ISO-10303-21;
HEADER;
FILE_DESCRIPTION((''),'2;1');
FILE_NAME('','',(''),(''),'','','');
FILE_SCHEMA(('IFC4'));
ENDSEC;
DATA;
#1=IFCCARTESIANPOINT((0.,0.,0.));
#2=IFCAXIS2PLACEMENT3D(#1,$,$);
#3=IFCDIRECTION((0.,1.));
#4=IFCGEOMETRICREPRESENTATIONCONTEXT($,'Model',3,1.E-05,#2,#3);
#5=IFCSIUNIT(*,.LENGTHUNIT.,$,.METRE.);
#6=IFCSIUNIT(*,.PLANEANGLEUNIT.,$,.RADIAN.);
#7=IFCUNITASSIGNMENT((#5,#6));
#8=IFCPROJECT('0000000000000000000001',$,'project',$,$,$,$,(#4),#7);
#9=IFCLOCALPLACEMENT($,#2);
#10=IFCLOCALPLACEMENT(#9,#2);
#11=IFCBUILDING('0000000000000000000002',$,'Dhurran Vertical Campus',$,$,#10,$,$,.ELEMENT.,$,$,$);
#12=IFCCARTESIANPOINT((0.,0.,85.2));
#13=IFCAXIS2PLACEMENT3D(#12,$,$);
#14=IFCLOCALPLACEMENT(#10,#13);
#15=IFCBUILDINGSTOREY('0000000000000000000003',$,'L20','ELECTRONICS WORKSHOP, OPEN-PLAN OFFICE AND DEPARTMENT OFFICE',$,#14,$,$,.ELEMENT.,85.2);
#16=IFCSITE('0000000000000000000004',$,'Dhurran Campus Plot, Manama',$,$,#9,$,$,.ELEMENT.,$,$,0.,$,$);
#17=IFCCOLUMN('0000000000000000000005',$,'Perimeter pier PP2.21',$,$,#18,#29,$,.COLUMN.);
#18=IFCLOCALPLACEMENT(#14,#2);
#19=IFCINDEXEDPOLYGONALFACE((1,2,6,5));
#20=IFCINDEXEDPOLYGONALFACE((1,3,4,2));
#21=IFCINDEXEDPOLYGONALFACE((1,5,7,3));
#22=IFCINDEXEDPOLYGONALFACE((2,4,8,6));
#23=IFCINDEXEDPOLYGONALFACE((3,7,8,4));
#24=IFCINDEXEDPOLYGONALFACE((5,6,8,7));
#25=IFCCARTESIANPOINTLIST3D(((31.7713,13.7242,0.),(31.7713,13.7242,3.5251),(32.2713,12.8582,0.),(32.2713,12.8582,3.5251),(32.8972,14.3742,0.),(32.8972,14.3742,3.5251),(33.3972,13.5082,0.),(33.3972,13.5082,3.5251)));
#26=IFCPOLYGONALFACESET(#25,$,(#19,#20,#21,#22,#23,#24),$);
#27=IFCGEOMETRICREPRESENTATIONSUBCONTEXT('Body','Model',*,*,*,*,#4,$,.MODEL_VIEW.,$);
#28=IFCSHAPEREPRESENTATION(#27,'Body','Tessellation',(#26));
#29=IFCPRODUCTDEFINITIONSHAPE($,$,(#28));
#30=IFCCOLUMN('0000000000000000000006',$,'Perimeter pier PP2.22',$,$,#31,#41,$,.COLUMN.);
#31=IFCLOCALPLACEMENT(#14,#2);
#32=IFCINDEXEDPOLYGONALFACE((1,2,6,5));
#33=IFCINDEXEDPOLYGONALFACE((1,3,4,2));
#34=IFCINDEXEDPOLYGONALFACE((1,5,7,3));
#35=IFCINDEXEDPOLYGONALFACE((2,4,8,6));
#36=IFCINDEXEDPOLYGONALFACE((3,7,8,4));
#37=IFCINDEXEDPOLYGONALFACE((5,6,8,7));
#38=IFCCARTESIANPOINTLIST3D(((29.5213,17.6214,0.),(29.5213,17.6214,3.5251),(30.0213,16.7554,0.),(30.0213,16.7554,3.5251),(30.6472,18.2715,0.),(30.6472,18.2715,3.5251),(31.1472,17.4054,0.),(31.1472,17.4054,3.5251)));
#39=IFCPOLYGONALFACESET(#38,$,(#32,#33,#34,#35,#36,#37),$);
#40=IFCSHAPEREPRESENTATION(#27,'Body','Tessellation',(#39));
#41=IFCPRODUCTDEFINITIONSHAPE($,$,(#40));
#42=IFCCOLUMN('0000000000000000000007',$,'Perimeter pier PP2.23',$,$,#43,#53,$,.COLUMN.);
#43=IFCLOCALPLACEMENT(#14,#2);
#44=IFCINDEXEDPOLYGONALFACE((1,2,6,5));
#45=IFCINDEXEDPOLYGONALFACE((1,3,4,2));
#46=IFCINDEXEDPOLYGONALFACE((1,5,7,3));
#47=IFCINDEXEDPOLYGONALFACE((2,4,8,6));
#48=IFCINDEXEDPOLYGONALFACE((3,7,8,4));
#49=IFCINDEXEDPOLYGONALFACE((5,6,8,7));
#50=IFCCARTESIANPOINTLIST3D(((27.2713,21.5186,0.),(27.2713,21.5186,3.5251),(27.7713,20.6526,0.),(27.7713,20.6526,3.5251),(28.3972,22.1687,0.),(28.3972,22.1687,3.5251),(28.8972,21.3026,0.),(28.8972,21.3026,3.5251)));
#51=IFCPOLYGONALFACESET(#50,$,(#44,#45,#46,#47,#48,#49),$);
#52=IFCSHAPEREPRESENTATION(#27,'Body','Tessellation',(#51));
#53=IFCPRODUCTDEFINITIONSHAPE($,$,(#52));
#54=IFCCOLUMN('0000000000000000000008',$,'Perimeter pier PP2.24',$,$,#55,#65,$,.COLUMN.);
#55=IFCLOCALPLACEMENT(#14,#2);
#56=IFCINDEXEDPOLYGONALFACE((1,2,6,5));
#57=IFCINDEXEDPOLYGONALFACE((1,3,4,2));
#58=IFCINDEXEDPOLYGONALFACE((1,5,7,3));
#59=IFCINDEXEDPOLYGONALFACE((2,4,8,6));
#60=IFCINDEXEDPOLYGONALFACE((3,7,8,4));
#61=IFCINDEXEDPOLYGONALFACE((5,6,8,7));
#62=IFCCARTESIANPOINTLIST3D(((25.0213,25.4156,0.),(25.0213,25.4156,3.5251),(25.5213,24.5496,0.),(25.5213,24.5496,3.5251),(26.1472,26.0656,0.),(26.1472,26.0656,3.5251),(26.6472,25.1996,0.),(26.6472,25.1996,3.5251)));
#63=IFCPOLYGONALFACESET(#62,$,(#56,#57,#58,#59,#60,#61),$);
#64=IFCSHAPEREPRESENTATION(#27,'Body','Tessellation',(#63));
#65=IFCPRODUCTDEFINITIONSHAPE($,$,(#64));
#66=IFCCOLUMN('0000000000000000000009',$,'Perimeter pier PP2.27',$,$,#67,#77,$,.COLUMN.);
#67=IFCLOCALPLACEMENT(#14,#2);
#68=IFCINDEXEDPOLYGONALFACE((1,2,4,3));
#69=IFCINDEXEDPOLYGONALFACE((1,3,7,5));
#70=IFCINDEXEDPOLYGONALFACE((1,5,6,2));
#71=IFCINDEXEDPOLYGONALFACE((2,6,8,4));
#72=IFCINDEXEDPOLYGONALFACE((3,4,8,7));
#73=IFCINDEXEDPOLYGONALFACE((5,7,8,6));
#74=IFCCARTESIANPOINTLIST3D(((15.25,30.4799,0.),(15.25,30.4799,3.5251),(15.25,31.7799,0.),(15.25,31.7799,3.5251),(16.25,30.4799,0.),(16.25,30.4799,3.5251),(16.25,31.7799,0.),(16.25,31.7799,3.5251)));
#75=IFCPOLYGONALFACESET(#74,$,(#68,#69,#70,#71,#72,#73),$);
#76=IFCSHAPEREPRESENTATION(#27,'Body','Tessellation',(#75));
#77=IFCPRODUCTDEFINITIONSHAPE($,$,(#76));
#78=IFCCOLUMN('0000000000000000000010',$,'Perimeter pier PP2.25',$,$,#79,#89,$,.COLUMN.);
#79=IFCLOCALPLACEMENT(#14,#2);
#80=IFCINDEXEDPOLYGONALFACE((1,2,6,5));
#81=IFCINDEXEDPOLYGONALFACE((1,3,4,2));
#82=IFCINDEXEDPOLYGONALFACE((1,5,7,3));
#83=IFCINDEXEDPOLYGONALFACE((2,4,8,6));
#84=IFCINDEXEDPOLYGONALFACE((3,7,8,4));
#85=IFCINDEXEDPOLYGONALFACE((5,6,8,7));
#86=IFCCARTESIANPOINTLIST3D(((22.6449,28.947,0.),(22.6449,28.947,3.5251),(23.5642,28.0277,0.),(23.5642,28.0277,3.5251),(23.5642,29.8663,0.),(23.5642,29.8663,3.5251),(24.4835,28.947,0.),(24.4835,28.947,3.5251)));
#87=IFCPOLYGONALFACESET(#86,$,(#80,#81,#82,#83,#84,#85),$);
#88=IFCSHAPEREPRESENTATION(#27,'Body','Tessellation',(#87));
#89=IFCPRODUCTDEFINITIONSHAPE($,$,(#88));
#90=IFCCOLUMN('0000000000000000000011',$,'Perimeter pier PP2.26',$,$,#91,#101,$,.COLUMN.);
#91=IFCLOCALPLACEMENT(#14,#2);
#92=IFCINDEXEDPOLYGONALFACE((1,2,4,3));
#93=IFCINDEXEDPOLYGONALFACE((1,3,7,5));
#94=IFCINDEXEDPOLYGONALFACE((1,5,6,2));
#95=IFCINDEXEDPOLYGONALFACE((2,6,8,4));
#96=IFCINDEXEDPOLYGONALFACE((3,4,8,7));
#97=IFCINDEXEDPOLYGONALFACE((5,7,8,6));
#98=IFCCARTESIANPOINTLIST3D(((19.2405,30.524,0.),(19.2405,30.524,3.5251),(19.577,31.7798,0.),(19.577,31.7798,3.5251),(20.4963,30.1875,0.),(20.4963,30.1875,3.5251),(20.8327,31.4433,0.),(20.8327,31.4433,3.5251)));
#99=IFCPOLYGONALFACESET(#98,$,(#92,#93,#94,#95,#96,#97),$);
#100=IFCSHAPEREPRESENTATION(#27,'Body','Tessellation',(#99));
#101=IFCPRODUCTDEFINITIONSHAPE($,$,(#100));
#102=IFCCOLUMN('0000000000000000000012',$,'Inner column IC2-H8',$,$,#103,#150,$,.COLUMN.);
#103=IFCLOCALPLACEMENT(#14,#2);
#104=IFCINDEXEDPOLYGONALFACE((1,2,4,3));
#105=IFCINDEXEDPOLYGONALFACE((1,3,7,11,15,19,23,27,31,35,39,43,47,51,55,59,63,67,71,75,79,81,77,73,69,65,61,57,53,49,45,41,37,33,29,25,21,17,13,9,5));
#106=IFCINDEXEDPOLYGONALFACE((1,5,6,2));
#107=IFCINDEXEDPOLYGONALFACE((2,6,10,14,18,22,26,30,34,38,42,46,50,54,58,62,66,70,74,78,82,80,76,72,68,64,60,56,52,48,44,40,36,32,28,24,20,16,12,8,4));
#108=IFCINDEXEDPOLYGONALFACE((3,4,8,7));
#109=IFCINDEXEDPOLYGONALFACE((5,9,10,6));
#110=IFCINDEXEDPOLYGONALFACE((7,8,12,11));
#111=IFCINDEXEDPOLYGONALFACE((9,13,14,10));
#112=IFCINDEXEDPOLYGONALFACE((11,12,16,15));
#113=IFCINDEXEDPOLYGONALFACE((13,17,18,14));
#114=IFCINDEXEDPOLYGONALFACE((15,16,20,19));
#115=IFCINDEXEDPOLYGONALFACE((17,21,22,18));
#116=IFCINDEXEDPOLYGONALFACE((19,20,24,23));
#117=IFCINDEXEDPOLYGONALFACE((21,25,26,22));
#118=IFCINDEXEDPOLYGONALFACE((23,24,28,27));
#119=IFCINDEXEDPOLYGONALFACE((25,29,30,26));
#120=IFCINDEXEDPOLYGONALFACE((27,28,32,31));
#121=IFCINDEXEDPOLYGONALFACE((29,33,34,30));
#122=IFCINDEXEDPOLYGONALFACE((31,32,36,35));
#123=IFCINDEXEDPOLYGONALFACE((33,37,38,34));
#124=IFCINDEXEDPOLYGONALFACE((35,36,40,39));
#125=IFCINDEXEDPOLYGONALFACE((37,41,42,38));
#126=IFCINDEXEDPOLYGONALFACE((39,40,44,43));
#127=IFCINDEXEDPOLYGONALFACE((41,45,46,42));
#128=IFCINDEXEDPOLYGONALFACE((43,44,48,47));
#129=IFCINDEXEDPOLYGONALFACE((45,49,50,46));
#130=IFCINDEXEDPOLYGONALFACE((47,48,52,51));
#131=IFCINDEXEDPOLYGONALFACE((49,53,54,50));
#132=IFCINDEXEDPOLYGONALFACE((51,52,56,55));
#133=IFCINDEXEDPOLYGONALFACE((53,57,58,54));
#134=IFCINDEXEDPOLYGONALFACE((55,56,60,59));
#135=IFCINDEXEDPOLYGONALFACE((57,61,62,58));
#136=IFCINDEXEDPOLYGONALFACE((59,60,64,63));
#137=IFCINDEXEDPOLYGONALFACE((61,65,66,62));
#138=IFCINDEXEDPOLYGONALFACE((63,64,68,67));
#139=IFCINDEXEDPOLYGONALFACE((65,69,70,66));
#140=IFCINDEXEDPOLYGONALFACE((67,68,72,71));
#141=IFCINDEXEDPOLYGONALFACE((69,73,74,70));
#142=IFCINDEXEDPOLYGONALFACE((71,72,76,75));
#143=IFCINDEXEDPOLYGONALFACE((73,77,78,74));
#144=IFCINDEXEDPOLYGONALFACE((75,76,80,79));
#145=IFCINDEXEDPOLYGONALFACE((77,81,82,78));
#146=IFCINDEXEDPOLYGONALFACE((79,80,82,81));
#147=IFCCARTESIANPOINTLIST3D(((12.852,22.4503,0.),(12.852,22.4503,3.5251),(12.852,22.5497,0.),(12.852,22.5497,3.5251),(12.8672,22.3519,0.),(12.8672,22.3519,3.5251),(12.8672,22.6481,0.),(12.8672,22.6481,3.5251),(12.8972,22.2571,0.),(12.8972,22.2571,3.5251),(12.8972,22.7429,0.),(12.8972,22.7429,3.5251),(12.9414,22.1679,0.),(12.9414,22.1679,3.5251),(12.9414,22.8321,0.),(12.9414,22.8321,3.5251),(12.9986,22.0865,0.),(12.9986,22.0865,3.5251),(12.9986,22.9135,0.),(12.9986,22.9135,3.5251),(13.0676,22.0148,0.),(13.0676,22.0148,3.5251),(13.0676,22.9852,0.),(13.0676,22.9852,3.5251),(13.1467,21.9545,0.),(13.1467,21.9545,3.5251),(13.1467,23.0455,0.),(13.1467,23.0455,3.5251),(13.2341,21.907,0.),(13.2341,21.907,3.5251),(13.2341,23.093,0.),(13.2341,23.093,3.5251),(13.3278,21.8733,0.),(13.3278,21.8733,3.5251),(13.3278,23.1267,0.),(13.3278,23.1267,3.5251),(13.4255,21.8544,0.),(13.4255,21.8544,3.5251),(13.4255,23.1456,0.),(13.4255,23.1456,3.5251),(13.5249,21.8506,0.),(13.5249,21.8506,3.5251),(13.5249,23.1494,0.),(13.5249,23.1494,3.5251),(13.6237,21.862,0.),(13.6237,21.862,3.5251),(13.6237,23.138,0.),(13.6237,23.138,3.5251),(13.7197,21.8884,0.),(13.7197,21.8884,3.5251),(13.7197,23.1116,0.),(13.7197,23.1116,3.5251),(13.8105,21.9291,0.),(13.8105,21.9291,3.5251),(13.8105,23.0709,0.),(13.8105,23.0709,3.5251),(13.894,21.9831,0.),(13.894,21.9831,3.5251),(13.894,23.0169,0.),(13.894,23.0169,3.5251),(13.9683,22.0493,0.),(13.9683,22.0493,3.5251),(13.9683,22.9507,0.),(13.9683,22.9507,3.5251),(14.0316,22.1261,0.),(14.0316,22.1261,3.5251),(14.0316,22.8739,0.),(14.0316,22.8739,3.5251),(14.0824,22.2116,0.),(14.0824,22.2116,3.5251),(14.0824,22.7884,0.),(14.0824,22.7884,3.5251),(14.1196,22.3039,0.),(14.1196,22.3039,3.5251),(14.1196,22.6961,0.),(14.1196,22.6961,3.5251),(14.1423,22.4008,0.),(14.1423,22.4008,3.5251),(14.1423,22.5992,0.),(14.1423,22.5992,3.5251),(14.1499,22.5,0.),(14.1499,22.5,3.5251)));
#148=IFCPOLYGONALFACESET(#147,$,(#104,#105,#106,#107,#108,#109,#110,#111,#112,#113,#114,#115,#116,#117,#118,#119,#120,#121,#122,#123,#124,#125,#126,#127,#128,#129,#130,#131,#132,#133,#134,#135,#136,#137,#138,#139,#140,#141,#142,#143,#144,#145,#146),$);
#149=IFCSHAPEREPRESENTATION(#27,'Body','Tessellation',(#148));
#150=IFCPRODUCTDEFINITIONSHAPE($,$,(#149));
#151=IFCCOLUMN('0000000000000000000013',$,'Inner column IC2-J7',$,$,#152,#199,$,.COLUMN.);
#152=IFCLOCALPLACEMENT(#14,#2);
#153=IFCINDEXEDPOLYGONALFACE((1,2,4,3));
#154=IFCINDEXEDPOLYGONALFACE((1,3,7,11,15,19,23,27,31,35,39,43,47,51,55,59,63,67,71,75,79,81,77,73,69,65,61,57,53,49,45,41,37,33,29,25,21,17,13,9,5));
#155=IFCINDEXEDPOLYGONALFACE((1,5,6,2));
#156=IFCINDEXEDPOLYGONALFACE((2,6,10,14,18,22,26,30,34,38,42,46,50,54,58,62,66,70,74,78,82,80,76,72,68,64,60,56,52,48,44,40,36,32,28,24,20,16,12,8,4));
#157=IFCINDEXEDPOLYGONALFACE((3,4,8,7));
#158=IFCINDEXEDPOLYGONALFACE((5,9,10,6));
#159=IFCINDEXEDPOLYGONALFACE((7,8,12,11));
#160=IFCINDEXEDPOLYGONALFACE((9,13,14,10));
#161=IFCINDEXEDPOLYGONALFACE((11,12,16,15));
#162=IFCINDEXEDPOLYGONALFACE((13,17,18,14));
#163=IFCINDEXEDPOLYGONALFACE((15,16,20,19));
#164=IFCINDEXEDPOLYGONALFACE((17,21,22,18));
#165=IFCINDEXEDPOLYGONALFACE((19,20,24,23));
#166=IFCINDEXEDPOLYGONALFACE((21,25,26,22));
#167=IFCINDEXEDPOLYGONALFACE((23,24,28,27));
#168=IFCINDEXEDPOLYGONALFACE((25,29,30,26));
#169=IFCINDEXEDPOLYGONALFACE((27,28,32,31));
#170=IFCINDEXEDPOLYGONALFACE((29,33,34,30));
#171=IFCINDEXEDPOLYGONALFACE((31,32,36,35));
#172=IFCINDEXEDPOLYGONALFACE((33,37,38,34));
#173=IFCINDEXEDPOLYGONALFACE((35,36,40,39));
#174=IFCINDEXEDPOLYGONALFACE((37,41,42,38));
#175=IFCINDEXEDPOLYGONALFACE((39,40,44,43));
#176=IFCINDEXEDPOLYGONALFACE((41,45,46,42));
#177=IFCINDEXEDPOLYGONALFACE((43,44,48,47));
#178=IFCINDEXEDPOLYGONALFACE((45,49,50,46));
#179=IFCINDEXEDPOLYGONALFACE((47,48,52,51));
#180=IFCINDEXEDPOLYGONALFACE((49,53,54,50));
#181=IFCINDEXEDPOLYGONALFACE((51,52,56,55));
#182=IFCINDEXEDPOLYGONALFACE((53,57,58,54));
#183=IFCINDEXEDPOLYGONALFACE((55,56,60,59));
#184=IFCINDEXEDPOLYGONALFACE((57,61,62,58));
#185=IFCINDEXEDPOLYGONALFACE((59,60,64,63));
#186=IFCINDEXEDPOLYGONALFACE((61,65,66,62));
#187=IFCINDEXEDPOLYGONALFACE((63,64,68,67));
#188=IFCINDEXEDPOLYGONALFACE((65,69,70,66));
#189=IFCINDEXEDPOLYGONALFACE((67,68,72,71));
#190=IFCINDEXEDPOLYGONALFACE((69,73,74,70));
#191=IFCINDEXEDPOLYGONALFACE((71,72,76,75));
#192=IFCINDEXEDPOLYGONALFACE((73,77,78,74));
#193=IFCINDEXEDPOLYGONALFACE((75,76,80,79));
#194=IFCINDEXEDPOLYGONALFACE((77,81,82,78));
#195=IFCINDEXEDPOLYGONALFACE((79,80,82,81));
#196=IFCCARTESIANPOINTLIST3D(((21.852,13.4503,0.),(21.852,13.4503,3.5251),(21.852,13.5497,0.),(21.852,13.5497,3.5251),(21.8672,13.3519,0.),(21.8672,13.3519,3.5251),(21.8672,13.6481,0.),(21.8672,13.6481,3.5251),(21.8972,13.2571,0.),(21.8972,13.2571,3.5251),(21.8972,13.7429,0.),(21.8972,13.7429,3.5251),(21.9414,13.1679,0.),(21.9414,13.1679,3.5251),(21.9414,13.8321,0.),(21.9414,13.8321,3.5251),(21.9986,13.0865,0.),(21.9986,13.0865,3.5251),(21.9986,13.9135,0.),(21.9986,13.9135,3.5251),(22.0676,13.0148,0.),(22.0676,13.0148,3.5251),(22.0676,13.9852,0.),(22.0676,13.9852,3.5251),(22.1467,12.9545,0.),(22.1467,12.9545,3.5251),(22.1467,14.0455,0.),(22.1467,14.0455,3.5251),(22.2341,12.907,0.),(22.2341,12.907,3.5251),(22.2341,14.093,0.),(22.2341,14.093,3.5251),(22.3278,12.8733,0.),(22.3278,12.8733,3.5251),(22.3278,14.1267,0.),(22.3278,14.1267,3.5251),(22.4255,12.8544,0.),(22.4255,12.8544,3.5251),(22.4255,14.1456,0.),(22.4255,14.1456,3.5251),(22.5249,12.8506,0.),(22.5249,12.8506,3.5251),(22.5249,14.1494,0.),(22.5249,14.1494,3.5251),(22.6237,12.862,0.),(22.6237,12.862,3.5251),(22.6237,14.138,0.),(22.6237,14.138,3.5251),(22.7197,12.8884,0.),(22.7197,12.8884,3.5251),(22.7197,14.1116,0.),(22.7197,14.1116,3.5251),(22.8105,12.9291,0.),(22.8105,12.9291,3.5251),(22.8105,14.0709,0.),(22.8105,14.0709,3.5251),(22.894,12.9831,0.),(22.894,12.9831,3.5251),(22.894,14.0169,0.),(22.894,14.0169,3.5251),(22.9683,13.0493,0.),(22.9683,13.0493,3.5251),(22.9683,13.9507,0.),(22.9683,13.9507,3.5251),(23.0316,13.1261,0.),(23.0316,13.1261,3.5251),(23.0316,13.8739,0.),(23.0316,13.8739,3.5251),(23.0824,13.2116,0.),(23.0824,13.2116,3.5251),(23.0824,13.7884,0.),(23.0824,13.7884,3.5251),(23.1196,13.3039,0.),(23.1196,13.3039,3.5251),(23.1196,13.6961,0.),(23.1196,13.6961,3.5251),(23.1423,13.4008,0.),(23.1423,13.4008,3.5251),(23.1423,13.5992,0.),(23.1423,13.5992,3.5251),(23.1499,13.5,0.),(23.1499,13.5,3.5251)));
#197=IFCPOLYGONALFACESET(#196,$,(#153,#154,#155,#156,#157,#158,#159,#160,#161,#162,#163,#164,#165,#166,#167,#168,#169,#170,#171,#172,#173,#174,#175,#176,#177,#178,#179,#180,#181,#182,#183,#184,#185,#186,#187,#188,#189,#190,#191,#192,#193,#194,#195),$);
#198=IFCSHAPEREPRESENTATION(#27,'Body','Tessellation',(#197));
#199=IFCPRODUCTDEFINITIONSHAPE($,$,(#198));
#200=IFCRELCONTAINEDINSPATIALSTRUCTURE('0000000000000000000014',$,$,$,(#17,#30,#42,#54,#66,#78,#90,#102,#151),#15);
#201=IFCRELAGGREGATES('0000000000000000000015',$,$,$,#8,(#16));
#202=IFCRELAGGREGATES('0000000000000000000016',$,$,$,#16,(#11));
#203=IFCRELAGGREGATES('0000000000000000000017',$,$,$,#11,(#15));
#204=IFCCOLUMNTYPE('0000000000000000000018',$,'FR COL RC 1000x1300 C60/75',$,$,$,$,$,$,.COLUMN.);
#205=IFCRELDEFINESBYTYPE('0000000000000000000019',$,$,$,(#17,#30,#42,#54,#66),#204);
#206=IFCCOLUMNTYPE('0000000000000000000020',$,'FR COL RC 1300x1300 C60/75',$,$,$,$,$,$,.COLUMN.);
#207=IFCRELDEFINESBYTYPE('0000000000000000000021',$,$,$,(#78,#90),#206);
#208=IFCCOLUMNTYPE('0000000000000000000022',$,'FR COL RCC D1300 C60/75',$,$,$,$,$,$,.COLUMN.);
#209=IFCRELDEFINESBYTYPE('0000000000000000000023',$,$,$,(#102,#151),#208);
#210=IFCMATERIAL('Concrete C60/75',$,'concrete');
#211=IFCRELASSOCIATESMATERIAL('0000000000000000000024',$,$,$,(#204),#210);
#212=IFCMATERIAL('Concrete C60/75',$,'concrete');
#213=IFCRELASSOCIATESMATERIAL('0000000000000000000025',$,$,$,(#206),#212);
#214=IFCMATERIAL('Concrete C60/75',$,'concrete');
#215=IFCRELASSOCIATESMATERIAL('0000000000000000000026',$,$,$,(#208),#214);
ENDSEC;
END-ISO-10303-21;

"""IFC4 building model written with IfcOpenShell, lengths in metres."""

from ifc_helpers import new_model, si_unit, direction, frame, origin, origin_2d, place, context, subcontext, project, spatial, rectangle, circle, extrude, material, material_profile, profile_set, type_object, element, save


model = new_model("IFC4")

# Units and contexts
model_context = context("Model", 3, precision=1e-05, world=origin(), true_north=direction((0.0, 1.0)))
body_context = subcontext(model_context, "Body", "Model", "MODEL_VIEW")
ifc_project = project(units=[si_unit("LENGTHUNIT", "METRE"), si_unit("PLANEANGLEUNIT", "RADIAN")], contexts=[model_context])

# Site, building, storey
site_placement = place(None, origin())
site = spatial("IfcSite", under=ifc_project, at=site_placement, Name="Dhurran Campus Plot, Manama", CompositionType="ELEMENT", RefElevation=0.0)
building_placement = place(site_placement, origin())
building = spatial("IfcBuilding", under=site, at=building_placement, Name="Dhurran Vertical Campus", CompositionType="ELEMENT")
storey_placement = place(building_placement, frame((0.0, 0.0, 85.2)))
storey = spatial("IfcBuildingStorey", under=building, at=storey_placement, Name="L20", Description="ELECTRONICS WORKSHOP, OPEN-PLAN OFFICE AND DEPARTMENT OFFICE", CompositionType="ELEMENT", Elevation=85.2)

# Columns
ifc_material_1 = material(Name="Concrete C60/75", Category="concrete")
ifc_material_profile_1 = material_profile(ifc_material_1, rectangle(XDim=1.0, YDim=1.3, at=origin_2d()), Name="RC 1000x1300")
ifc_profile_set_1 = profile_set([ifc_material_profile_1], Name="Concrete C60/75")
column_type_1 = type_object("IfcColumnType", Name="FR COL RC 1000x1300 C60/75", PredefinedType="COLUMN", material=ifc_profile_set_1)
for number, where, z_axis, x_axis, name in (
    (1, (32.5842, 13.6162, 0.0), (0.0, 0.0, 1.0), (-0.5, 0.866025, 0.0), "Perimeter pier PP2.21"),
    (2, (30.3342, 17.5134, 0.0), (0.0, 0.0, 1.0), (-0.5, 0.866025, 0.0), "Perimeter pier PP2.22"),
    (3, (28.0842, 21.4106, 0.0), (0.0, 0.0, 1.0), (-0.5, 0.866025, 0.0), "Perimeter pier PP2.23"),
    (4, (25.8342, 25.3076, 0.0), (0.0, 0.0, 1.0), (-0.5, 0.866025, 0.0), "Perimeter pier PP2.24"),
    (5, (15.75, 31.1299, 0.0), (0.0, 0.0, 1.0), (-1.0, 0.0, 0.0), "Perimeter pier PP2.27"),
):
    element("IfcColumn", number, at=place(storey_placement, frame(where, z_axis=z_axis, x_axis=x_axis)), inside=storey, type_object=column_type_1, Name=name, PredefinedType="COLUMN", context=body_context, shape_type="SweptSolid", body=[
        extrude(rectangle(XDim=1.0, YDim=1.3, at=origin_2d()), origin(), (0.0, 0.0, 1.0), 3.5251),
    ])
ifc_material_2 = material(Name="Concrete C60/75", Category="concrete")
ifc_material_profile_2 = material_profile(ifc_material_2, rectangle(XDim=1.3, YDim=1.3, at=origin_2d()), Name="RC 1300x1300")
ifc_profile_set_2 = profile_set([ifc_material_profile_2], Name="Concrete C60/75")
column_type_2 = type_object("IfcColumnType", Name="FR COL RC 1300x1300 C60/75", PredefinedType="COLUMN", material=ifc_profile_set_2)
for number, where, z_axis, x_axis, name in (
    (6, (23.5642, 28.947, 0.0), (0.0, 0.0, 1.0), (-0.707107, 0.707107, 0.0), "Perimeter pier PP2.25"),
    (7, (20.0366, 30.9836, 0.0), (0.0, 0.0, 1.0), (-0.965926, 0.258819, 0.0), "Perimeter pier PP2.26"),
):
    element("IfcColumn", number, at=place(storey_placement, frame(where, z_axis=z_axis, x_axis=x_axis)), inside=storey, type_object=column_type_2, Name=name, PredefinedType="COLUMN", context=body_context, shape_type="SweptSolid", body=[
        extrude(rectangle(XDim=1.3, YDim=1.3, at=origin_2d()), origin(), (0.0, 0.0, 1.0), 3.5251),
    ])
ifc_material_3 = material(Name="Concrete C60/75", Category="concrete")
ifc_material_profile_3 = material_profile(ifc_material_3, circle(Radius=0.6499, at=origin_2d()), Name="RCC D1300")
ifc_profile_set_3 = profile_set([ifc_material_profile_3], Name="Concrete C60/75")
column_type_3 = type_object("IfcColumnType", Name="FR COL RCC D1300 C60/75", PredefinedType="COLUMN", material=ifc_profile_set_3)
for number, where, z_axis, x_axis, name in (
    (8, (13.5, 22.5, 0.0), (0.0, 0.0, 1.0), (1.0, 0.0, 0.0), "Inner column IC2-H8"),
    (9, (22.5, 13.5, 0.0), (0.0, 0.0, 1.0), (1.0, 0.0, 0.0), "Inner column IC2-J7"),
):
    element("IfcColumn", number, at=place(storey_placement, frame(where, z_axis=z_axis, x_axis=x_axis)), inside=storey, type_object=column_type_3, Name=name, PredefinedType="COLUMN", context=body_context, shape_type="SweptSolid", body=[
        extrude(circle(Radius=0.6499, at=origin_2d()), origin(), (0.0, 0.0, 1.0), 3.5251),
    ])

save(model, "model.ifc")
